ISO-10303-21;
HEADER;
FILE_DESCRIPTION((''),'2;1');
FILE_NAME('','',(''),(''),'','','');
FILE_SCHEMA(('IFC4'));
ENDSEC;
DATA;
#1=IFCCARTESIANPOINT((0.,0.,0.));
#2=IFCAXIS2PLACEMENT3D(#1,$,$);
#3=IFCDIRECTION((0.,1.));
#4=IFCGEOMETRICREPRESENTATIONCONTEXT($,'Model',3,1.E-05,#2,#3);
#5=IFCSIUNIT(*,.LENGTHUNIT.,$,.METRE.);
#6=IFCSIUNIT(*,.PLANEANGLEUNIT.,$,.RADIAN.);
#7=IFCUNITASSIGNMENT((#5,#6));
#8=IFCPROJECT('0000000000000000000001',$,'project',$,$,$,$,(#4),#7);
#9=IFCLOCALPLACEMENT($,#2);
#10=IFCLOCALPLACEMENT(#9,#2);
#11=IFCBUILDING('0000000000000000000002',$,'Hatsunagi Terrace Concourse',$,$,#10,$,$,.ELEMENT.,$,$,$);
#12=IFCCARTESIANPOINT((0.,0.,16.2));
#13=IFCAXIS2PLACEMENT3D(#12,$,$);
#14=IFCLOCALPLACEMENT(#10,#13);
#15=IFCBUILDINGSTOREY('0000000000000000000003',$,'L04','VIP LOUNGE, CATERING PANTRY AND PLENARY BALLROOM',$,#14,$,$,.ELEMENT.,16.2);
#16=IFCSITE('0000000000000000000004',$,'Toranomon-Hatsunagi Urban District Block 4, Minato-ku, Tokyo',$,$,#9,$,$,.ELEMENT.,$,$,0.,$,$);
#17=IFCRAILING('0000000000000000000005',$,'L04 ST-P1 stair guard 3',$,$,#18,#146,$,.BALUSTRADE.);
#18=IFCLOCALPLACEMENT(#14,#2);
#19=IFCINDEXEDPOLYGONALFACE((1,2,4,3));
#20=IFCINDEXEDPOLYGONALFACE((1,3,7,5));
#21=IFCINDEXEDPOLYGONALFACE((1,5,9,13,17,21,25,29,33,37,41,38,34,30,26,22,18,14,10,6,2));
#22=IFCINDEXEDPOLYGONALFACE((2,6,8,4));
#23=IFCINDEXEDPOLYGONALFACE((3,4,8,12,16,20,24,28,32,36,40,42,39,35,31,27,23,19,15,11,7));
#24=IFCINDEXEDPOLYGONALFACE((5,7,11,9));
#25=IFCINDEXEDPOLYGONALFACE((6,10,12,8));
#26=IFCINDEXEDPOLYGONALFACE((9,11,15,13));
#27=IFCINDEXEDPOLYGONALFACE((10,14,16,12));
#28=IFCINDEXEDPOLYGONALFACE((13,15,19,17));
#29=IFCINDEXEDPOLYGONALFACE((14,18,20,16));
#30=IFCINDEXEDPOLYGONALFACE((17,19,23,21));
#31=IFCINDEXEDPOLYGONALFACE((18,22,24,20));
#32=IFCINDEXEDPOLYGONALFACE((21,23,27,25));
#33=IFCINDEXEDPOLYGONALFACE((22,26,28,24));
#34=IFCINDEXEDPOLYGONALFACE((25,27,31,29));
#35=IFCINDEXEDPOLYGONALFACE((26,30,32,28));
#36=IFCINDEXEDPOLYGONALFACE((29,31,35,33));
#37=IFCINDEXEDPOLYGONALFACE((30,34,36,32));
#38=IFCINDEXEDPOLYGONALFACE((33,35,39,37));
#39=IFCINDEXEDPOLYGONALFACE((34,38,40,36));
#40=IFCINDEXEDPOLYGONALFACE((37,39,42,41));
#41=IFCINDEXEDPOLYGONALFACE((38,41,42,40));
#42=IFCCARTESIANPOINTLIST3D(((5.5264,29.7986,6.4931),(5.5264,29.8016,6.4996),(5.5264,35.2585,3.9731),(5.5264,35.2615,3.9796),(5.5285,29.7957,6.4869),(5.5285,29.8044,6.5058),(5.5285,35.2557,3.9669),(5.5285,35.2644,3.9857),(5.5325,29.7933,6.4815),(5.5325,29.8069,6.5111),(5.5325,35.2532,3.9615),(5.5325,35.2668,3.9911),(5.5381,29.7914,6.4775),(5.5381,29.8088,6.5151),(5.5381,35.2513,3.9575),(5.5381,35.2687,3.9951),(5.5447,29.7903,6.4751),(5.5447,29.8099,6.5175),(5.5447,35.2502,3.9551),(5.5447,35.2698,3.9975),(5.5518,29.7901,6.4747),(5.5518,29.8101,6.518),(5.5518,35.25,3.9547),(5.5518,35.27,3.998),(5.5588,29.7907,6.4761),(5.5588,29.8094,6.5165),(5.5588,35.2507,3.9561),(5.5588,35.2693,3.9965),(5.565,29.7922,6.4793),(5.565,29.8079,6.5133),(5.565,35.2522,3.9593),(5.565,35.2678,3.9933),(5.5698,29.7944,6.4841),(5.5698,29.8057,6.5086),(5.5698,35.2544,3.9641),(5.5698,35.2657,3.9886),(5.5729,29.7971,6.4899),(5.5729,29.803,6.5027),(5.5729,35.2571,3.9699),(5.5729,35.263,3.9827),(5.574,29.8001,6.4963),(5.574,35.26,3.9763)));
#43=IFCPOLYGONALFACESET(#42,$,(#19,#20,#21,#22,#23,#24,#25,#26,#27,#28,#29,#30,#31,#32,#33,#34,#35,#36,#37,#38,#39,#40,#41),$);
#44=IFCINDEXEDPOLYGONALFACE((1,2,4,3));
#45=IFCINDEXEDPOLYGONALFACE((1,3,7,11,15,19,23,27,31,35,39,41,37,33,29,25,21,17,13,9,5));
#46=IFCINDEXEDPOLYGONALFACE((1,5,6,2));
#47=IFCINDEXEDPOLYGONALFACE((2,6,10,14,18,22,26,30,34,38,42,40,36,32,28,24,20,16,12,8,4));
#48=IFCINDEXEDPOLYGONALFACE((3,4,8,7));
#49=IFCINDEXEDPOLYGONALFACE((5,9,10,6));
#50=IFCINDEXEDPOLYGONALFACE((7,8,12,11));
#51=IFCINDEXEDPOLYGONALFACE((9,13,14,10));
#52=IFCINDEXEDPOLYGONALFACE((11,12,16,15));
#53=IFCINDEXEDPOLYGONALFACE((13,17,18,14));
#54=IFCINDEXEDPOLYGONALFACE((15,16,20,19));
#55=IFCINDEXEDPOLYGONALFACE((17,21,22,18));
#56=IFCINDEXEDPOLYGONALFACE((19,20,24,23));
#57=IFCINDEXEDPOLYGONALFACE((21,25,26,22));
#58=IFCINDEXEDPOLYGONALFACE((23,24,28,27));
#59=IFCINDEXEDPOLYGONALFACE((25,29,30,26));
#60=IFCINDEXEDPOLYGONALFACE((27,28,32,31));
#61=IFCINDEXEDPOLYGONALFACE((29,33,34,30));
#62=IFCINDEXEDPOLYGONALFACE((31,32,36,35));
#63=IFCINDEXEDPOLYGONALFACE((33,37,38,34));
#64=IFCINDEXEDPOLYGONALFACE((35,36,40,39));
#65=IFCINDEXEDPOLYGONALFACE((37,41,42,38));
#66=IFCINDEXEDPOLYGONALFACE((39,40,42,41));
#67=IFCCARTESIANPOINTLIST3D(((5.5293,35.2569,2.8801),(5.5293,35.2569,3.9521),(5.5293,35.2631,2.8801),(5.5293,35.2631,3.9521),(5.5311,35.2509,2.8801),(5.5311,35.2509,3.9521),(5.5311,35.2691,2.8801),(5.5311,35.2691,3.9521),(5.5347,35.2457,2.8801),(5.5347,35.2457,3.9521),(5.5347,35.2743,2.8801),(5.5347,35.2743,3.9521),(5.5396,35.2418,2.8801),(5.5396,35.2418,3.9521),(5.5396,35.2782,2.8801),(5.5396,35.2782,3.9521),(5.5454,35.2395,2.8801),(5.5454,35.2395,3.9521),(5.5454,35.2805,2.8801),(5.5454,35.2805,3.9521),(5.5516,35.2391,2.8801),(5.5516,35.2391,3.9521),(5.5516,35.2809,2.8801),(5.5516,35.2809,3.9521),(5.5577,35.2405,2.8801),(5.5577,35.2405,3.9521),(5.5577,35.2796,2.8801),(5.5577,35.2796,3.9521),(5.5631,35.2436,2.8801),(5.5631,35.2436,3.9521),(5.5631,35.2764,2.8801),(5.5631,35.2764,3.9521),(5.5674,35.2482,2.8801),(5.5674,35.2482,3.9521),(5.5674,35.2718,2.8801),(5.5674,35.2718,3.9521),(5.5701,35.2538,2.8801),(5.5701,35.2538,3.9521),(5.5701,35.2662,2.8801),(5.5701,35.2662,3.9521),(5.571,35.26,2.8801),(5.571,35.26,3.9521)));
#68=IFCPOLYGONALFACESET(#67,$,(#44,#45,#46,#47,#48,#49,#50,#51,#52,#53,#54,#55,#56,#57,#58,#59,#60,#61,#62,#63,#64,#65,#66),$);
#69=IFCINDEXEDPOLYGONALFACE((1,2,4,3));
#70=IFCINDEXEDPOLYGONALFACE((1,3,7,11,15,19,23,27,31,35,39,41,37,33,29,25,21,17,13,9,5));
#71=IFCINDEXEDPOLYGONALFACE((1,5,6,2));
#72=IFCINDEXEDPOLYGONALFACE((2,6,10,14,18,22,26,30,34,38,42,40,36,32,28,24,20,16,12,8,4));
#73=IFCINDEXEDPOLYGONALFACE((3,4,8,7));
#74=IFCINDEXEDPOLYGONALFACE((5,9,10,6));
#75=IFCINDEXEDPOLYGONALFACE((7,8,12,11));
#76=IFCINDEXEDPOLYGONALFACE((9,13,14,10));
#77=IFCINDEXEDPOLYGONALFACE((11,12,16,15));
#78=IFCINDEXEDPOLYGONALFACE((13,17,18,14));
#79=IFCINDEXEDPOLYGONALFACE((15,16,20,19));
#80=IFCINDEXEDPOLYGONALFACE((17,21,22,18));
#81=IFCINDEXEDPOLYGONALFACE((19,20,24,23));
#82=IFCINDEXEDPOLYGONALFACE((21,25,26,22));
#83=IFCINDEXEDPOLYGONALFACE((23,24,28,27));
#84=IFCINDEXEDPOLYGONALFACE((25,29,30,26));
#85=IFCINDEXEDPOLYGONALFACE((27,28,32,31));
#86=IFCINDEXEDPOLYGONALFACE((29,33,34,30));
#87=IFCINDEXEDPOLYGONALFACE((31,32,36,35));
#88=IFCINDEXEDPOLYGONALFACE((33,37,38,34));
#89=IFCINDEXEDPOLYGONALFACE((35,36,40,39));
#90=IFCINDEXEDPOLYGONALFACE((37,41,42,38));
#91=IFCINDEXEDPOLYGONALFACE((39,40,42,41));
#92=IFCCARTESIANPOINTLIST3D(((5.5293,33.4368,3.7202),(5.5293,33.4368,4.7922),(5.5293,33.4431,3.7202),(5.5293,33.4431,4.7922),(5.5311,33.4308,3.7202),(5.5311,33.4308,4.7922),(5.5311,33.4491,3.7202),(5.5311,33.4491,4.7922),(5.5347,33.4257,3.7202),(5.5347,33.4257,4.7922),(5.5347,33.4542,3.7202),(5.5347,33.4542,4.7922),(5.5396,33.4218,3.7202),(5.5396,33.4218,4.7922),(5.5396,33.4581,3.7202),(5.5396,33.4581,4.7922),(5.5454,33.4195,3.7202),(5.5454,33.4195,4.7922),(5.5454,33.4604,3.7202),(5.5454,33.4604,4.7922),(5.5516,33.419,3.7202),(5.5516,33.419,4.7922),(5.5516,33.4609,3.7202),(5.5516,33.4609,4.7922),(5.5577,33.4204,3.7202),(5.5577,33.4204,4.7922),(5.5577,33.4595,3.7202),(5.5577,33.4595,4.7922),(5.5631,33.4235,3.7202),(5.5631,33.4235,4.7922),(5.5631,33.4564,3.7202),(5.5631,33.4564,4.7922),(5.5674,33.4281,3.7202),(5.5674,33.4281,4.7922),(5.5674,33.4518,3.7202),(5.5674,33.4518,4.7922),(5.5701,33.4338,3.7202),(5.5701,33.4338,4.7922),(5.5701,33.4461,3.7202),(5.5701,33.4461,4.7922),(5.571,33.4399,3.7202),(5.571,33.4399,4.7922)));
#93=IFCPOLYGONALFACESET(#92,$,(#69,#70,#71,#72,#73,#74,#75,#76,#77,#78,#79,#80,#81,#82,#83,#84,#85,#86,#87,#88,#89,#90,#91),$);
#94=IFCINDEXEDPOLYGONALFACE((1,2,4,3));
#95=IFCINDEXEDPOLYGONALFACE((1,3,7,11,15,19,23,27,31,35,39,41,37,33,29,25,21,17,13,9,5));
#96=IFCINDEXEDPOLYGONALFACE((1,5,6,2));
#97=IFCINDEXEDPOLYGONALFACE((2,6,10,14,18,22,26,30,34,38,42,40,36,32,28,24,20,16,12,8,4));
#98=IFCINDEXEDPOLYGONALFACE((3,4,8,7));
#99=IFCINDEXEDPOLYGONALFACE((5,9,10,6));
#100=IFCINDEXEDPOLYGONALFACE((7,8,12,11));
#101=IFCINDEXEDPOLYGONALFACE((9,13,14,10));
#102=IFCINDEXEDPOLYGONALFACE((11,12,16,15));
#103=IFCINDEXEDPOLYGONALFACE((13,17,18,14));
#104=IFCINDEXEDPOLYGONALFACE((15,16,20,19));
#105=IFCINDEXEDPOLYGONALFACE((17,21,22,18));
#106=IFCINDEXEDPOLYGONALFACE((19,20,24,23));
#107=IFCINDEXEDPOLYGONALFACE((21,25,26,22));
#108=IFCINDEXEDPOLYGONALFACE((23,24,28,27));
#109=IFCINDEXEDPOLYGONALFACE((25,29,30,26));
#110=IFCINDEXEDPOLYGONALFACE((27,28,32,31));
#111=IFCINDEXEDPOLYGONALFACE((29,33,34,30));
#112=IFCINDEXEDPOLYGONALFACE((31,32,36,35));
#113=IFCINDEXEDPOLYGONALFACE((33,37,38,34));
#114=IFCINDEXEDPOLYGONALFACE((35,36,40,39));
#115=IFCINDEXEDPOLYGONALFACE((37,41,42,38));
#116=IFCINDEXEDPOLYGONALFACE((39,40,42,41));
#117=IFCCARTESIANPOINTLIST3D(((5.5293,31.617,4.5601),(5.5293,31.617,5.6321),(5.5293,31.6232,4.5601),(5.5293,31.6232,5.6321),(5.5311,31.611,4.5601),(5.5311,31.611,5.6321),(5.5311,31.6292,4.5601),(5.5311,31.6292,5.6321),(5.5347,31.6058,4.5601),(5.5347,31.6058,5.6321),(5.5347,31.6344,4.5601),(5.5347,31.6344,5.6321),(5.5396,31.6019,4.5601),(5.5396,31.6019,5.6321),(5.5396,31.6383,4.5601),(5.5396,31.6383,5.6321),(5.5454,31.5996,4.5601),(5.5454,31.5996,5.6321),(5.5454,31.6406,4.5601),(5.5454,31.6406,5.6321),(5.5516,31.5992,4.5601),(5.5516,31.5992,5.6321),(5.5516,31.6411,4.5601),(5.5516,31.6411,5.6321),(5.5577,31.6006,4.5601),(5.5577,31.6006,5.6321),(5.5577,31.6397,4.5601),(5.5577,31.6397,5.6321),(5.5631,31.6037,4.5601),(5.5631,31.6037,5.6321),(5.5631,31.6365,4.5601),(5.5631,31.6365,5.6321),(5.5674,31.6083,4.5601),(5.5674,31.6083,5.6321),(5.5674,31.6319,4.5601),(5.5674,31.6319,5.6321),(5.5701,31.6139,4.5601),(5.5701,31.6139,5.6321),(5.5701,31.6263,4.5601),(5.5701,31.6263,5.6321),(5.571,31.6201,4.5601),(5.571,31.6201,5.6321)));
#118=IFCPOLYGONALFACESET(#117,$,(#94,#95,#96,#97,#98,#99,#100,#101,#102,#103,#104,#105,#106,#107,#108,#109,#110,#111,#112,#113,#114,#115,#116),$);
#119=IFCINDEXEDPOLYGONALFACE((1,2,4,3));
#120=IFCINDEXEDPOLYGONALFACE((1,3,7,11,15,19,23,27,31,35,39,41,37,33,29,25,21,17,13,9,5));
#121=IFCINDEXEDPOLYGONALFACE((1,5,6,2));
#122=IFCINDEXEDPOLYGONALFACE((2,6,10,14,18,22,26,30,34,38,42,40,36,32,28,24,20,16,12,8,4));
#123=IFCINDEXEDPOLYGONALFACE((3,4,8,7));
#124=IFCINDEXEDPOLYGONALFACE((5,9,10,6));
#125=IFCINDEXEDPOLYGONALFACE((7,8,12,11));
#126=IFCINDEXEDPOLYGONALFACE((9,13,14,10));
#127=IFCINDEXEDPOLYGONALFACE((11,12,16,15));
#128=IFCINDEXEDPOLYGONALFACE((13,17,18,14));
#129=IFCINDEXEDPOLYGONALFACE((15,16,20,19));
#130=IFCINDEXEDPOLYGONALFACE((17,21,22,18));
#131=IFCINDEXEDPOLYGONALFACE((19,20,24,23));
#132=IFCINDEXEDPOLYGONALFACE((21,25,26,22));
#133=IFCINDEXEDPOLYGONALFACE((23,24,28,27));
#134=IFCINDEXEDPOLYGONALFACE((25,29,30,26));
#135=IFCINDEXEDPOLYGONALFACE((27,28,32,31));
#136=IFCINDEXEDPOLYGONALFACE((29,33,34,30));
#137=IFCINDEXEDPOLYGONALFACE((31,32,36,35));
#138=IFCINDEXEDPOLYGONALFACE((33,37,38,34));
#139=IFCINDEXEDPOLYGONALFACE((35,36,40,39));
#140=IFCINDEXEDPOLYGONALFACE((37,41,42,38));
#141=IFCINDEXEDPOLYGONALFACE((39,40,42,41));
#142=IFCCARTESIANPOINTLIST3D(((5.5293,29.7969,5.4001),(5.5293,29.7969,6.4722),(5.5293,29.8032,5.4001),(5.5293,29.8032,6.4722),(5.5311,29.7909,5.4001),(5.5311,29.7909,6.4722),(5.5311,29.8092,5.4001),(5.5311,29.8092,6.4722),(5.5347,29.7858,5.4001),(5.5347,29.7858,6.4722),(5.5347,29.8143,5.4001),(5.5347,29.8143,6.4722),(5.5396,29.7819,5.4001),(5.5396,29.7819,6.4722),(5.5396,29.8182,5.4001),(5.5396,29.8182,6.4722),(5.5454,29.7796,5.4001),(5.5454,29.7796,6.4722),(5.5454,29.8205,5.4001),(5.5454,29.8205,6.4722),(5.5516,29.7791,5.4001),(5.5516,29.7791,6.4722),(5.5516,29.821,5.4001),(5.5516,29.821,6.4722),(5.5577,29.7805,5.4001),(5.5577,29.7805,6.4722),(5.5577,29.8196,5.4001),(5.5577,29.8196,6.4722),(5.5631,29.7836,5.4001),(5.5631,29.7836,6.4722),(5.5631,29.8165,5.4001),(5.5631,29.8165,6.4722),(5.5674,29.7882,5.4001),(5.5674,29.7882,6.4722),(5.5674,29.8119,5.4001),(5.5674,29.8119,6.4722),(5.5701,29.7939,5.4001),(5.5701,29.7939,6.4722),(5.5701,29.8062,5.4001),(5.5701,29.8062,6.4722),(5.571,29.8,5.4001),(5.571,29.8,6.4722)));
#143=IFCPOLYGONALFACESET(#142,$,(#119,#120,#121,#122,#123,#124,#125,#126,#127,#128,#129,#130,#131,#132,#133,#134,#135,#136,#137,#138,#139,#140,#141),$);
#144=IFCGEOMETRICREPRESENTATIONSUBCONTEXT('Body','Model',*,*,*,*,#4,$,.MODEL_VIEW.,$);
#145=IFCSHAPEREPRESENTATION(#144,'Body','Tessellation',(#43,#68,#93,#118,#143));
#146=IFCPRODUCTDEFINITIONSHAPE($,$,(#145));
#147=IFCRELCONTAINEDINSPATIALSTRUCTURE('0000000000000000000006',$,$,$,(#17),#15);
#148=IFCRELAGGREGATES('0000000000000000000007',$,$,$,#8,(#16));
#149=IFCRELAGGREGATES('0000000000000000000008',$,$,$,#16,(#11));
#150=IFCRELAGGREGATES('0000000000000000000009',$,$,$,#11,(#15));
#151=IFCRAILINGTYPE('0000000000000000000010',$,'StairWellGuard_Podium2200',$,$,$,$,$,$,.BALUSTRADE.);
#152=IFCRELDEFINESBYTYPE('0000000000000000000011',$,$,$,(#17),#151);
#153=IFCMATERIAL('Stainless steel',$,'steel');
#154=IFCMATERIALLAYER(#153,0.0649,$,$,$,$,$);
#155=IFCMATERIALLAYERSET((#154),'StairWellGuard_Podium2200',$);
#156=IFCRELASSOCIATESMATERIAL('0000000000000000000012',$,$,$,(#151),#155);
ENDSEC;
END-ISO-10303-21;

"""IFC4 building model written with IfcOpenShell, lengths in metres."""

from ifc_helpers import new_model, si_unit, direction, frame, origin, origin_2d, place, context, subcontext, project, spatial, circle, extrude, material, layer, layer_set, type_object, element, save


model = new_model("IFC4")

# Units and contexts
model_context = context("Model", 3, precision=1e-05, world=origin(), true_north=direction((0.0, 1.0)))
body_context = subcontext(model_context, "Body", "Model", "MODEL_VIEW")
ifc_project = project(units=[si_unit("LENGTHUNIT", "METRE"), si_unit("PLANEANGLEUNIT", "RADIAN")], contexts=[model_context])

# Site, building, storey
site_placement = place(None, origin())
site = spatial("IfcSite", under=ifc_project, at=site_placement, Name="Toranomon-Hatsunagi Urban District Block 4, Minato-ku, Tokyo", CompositionType="ELEMENT", RefElevation=0.0)
building_placement = place(site_placement, origin())
building = spatial("IfcBuilding", under=site, at=building_placement, Name="Hatsunagi Terrace Concourse", CompositionType="ELEMENT")
storey_placement = place(building_placement, frame((0.0, 0.0, 16.2)))
storey = spatial("IfcBuildingStorey", under=building, at=storey_placement, Name="L04", Description="VIP LOUNGE, CATERING PANTRY AND PLENARY BALLROOM", CompositionType="ELEMENT", Elevation=16.2)

# Railing
ifc_material_1 = material(Name="Stainless steel", Category="steel")
ifc_layer_1 = layer(ifc_material_1, 0.0649)
ifc_layer_set_1 = layer_set([ifc_layer_1], Name="StairWellGuard_Podium2200")
railing_type_1 = type_object("IfcRailingType", Name="StairWellGuard_Podium2200", PredefinedType="BALUSTRADE", material=ifc_layer_set_1)
railing_1_placement = place(storey_placement, frame((5.55, 35.26, 2.8801)))
element("IfcRailing", 1, at=railing_1_placement, inside=storey, type_object=railing_type_1, Name="L04 ST-P1 stair guard 3", PredefinedType="BALUSTRADE", context=body_context, shape_type="SweptSolid", body=[
    extrude(circle(Radius=0.0239, at=origin_2d()), frame((0.0, 0.0, 1.0962), z_axis=(0.0, -0.907957, 0.419063), x_axis=(1.0, 0.0, 0.0)), (0.0, 0.0, 1.0), 6.0134),
    extrude(circle(Radius=0.021, at=origin_2d()), origin(), (0.0, 0.0, 1.0), 1.072),
    extrude(circle(Radius=0.021, at=origin_2d()), frame((0.0, -1.8201, 0.8401)), (0.0, 0.0, 1.0), 1.072),
    extrude(circle(Radius=0.021, at=origin_2d()), frame((0.0, -3.6399, 1.6799)), (0.0, 0.0, 1.0), 1.072),
    extrude(circle(Radius=0.021, at=origin_2d()), frame((0.0, -5.46, 2.52)), (0.0, 0.0, 1.0), 1.072),
])

save(model, "model.ifc")
